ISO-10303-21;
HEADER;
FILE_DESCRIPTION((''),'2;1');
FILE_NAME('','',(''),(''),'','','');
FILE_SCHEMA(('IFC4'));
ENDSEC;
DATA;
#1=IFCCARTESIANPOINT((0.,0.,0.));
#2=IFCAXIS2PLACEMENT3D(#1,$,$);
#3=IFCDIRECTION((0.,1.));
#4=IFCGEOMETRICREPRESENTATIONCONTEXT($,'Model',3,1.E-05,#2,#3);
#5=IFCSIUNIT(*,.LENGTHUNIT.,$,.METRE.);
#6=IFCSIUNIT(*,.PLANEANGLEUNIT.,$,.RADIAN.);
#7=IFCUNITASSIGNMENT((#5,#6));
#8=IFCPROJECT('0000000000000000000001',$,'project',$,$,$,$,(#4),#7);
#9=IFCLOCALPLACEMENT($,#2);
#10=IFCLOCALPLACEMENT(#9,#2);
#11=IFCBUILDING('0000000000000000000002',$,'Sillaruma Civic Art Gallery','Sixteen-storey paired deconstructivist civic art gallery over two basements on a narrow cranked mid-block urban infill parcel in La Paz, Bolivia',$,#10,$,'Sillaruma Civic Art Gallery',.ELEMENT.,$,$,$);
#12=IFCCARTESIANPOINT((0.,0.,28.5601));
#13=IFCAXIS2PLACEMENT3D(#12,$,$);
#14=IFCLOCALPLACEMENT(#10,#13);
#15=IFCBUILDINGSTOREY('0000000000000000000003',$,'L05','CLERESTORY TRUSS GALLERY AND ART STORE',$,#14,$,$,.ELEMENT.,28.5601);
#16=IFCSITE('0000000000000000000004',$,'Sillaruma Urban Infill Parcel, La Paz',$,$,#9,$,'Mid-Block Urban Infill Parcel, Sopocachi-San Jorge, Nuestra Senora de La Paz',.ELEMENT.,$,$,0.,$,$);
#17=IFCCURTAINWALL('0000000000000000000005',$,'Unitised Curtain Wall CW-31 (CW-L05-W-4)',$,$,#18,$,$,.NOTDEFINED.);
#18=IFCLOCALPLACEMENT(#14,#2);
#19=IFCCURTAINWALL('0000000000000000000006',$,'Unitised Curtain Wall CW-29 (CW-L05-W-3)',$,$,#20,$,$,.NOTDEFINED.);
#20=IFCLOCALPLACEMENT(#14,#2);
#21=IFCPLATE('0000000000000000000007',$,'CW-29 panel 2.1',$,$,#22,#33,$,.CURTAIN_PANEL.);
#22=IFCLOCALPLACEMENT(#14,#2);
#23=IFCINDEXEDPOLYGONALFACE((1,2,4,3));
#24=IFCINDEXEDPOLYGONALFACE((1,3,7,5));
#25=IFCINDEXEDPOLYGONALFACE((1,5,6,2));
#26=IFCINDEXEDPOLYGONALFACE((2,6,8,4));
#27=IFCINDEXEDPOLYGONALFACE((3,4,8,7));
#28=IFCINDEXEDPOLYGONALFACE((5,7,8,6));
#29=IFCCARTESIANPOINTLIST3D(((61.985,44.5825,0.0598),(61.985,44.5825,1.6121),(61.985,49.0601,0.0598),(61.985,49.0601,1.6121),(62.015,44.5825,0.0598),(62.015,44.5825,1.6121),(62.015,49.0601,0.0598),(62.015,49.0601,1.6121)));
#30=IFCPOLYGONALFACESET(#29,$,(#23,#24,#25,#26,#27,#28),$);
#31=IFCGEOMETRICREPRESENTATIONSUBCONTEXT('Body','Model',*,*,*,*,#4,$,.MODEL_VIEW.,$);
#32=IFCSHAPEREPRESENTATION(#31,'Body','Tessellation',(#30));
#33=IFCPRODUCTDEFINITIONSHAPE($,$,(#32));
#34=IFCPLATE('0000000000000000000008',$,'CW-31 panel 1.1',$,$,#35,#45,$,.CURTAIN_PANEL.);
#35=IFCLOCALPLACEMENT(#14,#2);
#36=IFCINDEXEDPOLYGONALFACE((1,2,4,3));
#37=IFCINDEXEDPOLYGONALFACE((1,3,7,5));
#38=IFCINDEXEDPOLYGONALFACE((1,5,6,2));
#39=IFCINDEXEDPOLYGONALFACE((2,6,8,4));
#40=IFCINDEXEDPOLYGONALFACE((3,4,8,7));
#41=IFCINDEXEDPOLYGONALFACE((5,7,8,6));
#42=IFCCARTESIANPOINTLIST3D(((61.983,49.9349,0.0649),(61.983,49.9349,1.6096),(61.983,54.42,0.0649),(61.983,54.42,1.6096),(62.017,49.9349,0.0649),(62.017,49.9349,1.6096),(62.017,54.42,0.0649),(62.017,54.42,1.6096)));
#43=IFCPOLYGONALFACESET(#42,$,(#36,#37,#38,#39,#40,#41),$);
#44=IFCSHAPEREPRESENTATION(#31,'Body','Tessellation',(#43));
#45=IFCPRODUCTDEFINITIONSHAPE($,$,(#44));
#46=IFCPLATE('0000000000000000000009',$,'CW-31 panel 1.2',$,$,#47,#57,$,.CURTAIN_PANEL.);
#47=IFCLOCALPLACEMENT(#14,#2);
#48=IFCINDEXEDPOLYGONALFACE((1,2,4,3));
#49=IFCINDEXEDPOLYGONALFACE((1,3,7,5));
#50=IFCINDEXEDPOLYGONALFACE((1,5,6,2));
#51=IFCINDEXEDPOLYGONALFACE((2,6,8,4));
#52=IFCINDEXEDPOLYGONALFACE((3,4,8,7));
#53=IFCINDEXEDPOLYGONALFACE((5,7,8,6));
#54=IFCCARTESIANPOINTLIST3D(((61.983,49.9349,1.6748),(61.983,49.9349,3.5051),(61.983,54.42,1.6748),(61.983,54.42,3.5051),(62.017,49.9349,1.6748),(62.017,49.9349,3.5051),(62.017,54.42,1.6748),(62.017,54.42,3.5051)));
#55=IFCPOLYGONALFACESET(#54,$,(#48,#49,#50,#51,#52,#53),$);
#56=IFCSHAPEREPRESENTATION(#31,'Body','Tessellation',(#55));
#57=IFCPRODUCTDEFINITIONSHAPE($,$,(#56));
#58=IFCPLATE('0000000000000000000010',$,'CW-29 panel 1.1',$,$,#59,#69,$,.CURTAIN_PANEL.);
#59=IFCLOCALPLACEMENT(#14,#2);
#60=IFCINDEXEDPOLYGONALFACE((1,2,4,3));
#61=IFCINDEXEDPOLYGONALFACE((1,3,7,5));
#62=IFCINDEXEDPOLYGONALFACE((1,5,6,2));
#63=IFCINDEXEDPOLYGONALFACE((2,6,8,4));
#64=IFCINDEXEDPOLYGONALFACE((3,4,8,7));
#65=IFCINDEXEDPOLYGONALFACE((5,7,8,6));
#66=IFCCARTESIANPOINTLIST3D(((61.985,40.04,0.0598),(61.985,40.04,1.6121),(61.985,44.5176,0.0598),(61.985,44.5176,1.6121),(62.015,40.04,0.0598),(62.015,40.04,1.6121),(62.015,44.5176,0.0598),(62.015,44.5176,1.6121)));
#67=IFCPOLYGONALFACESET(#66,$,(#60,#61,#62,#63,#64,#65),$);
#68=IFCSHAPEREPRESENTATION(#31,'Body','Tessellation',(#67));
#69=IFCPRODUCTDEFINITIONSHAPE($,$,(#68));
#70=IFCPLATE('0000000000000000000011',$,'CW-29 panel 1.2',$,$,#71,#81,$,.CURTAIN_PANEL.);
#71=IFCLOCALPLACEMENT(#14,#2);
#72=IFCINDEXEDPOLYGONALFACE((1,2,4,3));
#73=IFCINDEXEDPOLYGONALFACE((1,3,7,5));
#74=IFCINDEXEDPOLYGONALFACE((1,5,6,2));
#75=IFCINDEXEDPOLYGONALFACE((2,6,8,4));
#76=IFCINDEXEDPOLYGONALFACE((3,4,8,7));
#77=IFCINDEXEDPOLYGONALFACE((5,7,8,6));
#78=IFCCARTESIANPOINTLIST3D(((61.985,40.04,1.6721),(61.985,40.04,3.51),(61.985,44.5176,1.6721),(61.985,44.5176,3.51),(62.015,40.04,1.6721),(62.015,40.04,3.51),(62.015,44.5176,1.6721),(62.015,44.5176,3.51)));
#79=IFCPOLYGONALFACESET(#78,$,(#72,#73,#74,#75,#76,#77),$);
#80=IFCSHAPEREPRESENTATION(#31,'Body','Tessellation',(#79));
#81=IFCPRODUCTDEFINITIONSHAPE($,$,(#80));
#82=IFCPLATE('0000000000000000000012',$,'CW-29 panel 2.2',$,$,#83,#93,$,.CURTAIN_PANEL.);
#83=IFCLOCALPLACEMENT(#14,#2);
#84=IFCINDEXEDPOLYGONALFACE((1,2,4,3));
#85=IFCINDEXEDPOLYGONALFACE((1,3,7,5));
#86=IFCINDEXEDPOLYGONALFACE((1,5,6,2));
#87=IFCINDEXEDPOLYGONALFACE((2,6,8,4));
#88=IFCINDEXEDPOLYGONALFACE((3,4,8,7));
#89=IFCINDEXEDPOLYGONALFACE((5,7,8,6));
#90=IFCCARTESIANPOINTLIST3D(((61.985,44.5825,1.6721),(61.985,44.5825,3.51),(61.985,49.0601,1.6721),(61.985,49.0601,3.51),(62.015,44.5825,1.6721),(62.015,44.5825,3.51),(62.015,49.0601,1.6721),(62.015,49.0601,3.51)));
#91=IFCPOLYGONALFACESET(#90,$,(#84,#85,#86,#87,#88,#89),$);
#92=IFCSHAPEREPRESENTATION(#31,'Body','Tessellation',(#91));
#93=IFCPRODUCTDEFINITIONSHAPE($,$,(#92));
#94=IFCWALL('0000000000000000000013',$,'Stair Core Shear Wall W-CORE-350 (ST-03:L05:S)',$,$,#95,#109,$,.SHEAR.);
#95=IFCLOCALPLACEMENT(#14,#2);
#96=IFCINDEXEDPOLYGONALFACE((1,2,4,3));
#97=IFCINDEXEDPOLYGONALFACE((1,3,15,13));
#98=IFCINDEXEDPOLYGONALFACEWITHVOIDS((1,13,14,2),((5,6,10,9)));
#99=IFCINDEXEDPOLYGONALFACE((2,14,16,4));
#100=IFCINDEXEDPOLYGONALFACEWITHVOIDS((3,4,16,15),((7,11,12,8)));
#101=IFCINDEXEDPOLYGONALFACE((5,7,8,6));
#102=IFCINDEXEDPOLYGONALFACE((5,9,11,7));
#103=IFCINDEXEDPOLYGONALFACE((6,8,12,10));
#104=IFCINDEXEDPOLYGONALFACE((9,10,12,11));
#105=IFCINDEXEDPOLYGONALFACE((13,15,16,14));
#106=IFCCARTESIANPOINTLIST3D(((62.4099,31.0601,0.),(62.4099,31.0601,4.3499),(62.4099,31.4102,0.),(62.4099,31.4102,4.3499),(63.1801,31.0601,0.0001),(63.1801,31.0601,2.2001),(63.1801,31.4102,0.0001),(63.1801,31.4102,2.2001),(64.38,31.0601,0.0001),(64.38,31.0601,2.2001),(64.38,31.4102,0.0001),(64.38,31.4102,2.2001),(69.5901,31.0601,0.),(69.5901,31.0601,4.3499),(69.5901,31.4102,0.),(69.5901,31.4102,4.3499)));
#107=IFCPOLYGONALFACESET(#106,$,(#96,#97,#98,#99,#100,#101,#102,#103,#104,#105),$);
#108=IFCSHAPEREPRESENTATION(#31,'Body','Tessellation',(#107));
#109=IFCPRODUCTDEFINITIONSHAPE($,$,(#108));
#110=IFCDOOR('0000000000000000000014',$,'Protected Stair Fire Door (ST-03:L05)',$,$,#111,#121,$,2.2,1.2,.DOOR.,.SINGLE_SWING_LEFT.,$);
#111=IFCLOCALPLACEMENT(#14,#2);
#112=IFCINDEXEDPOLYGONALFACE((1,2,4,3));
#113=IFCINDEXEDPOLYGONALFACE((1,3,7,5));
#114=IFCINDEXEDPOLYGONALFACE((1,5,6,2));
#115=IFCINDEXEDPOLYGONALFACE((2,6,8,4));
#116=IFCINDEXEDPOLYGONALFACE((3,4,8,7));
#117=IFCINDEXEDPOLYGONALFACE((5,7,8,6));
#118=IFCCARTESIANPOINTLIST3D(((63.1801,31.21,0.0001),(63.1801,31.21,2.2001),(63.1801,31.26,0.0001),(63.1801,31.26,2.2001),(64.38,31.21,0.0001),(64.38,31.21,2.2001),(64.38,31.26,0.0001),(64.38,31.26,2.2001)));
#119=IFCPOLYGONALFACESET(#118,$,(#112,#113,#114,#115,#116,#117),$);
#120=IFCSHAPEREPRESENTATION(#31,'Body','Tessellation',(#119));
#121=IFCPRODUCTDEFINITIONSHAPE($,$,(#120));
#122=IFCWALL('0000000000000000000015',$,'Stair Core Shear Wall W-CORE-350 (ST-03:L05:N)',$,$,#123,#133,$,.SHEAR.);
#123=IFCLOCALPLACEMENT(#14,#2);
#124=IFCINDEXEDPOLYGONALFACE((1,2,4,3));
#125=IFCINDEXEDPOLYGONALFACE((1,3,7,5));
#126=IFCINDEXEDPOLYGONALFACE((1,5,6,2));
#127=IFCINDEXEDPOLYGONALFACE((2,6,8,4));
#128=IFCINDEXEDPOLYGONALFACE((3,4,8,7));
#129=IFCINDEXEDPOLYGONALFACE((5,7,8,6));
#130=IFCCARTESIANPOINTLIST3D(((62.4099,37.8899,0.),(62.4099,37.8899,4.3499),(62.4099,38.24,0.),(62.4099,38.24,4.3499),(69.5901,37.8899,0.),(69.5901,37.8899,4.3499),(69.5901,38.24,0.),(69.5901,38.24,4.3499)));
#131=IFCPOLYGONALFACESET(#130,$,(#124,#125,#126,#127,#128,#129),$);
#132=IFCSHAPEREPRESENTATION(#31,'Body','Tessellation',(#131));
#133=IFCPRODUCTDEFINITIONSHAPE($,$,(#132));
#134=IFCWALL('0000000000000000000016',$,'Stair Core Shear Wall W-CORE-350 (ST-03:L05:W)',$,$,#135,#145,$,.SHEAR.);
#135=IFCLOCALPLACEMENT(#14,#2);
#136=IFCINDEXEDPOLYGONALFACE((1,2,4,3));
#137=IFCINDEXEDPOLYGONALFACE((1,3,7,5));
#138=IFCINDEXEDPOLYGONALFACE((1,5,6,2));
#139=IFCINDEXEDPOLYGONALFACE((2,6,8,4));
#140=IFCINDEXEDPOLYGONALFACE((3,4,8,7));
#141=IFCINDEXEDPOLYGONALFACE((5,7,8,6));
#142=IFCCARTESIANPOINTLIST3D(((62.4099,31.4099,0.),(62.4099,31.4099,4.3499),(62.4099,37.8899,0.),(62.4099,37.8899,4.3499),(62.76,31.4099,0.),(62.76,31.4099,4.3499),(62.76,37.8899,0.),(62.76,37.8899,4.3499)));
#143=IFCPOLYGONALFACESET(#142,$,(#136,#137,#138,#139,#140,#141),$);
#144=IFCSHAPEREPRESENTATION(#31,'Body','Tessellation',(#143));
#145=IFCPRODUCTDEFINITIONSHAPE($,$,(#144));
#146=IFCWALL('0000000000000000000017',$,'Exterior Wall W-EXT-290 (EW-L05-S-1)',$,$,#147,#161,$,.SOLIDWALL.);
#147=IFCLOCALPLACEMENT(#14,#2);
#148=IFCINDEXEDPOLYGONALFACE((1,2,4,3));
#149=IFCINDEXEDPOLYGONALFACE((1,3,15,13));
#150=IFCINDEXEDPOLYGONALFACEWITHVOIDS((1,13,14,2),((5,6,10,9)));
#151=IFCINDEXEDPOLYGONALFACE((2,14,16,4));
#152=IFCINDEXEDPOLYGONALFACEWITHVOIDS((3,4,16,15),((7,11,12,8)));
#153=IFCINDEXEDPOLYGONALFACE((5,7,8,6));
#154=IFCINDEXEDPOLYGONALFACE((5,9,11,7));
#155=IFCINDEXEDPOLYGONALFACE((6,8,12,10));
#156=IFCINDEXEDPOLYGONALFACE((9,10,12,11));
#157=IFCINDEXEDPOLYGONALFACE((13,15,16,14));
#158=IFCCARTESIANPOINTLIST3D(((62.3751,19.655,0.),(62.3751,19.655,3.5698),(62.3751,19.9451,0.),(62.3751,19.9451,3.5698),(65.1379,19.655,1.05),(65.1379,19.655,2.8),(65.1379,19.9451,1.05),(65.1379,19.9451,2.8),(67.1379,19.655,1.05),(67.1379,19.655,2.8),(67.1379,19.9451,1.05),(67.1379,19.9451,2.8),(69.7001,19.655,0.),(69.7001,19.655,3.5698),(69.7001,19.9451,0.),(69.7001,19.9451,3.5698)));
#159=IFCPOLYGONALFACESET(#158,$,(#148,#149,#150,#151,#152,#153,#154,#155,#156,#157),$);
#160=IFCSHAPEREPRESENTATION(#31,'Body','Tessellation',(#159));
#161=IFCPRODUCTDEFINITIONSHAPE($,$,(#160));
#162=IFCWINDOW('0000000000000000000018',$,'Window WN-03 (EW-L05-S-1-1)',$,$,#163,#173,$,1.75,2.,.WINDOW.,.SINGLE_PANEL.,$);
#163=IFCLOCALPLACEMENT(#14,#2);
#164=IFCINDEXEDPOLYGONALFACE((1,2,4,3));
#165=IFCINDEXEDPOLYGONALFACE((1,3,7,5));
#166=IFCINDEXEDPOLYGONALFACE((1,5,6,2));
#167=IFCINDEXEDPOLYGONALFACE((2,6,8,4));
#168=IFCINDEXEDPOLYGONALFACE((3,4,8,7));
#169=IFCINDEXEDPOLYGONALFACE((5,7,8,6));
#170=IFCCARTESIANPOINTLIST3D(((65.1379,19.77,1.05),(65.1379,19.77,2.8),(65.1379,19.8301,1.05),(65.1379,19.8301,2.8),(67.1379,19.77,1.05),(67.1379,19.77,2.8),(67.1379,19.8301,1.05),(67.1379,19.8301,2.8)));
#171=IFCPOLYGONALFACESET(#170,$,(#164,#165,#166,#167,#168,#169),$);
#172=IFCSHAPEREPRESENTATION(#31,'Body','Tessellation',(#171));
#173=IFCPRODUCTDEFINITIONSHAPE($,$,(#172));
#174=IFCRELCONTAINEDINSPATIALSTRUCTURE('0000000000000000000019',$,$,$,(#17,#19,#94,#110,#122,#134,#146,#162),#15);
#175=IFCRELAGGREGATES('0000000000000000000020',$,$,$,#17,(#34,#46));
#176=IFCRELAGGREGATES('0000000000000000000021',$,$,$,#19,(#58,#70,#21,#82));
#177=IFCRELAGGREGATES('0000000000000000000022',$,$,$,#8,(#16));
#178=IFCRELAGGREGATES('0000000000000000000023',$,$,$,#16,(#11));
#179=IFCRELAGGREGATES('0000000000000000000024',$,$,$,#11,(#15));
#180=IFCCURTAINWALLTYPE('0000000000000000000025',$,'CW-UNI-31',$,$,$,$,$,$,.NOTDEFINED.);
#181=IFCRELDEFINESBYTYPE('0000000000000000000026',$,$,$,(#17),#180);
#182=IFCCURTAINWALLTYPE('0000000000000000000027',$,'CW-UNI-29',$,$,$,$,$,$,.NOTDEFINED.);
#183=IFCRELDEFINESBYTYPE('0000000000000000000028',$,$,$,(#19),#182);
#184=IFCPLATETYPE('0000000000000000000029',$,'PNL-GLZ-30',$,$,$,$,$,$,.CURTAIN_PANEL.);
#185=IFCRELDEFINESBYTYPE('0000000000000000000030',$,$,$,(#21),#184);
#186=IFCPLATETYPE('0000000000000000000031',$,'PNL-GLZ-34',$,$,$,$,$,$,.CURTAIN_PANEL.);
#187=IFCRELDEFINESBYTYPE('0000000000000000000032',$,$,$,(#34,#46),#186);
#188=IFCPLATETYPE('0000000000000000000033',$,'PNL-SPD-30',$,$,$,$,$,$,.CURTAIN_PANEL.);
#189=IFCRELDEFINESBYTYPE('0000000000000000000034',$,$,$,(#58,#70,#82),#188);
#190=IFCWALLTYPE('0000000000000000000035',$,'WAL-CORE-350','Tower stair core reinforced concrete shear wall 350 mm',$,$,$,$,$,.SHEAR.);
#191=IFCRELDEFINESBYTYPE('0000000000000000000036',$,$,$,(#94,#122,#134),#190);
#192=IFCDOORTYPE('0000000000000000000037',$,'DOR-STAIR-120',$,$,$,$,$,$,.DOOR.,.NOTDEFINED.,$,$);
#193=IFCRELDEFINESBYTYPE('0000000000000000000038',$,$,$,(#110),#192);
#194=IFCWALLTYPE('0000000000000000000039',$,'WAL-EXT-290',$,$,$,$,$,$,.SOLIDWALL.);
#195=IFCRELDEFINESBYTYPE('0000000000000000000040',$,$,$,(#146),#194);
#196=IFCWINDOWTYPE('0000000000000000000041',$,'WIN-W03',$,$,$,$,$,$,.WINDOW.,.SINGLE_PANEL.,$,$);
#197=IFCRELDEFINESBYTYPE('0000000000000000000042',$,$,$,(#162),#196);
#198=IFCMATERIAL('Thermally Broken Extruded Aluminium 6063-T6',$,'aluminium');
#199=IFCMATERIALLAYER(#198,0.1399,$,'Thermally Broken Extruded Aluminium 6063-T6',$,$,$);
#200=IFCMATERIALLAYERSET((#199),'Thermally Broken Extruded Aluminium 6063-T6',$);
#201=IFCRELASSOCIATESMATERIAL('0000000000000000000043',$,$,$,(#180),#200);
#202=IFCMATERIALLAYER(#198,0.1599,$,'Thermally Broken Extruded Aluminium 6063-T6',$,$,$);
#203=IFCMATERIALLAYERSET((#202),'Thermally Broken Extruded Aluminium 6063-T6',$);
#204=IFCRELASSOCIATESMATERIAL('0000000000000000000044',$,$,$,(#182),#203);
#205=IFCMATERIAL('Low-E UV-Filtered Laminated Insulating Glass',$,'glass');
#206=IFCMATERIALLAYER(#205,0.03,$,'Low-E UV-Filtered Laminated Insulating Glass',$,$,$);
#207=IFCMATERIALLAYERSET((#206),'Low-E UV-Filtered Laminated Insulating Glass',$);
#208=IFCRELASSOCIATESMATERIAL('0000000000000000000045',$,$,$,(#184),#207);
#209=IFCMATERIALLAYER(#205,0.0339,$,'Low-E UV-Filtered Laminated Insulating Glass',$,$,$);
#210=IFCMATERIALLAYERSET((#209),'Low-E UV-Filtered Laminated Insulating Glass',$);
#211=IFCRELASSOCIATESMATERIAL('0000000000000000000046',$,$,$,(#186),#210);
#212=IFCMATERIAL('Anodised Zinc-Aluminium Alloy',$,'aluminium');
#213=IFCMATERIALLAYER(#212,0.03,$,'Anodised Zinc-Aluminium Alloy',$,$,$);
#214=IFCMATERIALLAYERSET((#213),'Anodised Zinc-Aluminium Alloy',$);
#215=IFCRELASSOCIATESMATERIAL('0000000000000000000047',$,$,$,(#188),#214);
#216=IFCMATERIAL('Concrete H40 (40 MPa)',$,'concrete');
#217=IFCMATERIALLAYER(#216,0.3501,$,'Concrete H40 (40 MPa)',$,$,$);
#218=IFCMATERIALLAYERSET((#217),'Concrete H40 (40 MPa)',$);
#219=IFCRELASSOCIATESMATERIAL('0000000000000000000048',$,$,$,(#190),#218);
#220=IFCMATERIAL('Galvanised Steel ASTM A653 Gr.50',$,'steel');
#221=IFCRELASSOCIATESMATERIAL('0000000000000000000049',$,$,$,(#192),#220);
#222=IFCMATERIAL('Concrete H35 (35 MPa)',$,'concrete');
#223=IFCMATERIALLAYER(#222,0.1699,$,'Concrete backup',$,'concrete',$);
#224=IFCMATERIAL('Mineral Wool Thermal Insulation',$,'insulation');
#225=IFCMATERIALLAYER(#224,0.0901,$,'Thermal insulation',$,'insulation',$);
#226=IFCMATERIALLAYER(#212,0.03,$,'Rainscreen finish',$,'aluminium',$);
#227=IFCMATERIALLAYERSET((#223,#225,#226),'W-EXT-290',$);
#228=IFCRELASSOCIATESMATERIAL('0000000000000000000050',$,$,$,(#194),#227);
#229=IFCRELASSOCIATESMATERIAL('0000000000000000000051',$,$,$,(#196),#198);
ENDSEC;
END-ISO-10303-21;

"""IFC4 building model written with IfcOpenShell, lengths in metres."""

from ifc_helpers import new_model, si_unit, direction, frame, frame_2d, origin, origin_2d, place, context, subcontext, project, spatial, rectangle, extrude, material, layer, layer_set, type_object, element, fill, aggregate, save


model = new_model("IFC4")

# Units and contexts
model_context = context("Model", 3, precision=1e-05, world=origin(), true_north=direction((0.0, 1.0)))
body_context = subcontext(model_context, "Body", "Model", "MODEL_VIEW")
ifc_project = project(units=[si_unit("LENGTHUNIT", "METRE"), si_unit("PLANEANGLEUNIT", "RADIAN")], contexts=[model_context])

# Site, building, storey
site_placement = place(None, origin())
site = spatial("IfcSite", under=ifc_project, at=site_placement, Name="Sillaruma Urban Infill Parcel, La Paz", LongName="Mid-Block Urban Infill Parcel, Sopocachi-San Jorge, Nuestra Senora de La Paz", CompositionType="ELEMENT", RefElevation=0.0)
building_placement = place(site_placement, origin())
building = spatial("IfcBuilding", under=site, at=building_placement, Name="Sillaruma Civic Art Gallery", Description="Sixteen-storey paired deconstructivist civic art gallery over two basements on a narrow cranked mid-block urban infill parcel in La Paz, Bolivia", LongName="Sillaruma Civic Art Gallery", CompositionType="ELEMENT")
storey_placement = place(building_placement, frame((0.0, 0.0, 28.5601)))
storey = spatial("IfcBuildingStorey", under=building, at=storey_placement, Name="L05", Description="CLERESTORY TRUSS GALLERY AND ART STORE", CompositionType="ELEMENT", Elevation=28.5601)

# Shared definitions
ifc_material_1 = material(Name="Concrete H40 (40 MPa)", Category="concrete")

# Shared definitions
ifc_material_2 = material(Name="Concrete H35 (35 MPa)", Category="concrete")

# Curtain walls
ifc_material_3 = material(Name="Thermally Broken Extruded Aluminium 6063-T6", Category="aluminium")
ifc_layer_1 = layer(ifc_material_3, 0.1399, Name="Thermally Broken Extruded Aluminium 6063-T6")
ifc_layer_set_1 = layer_set([ifc_layer_1], Name="Thermally Broken Extruded Aluminium 6063-T6")
curtain_wall_type_1 = type_object("IfcCurtainWallType", Name="CW-UNI-31", PredefinedType="NOTDEFINED", material=ifc_layer_set_1)
curtain_wall_1_placement = place(storey_placement, origin())
curtain_wall_1 = element("IfcCurtainWall", 1, at=curtain_wall_1_placement, inside=storey, type_object=curtain_wall_type_1, Name="Unitised Curtain Wall CW-31 (CW-L05-W-4)", PredefinedType="NOTDEFINED")
ifc_layer_2 = layer(ifc_material_3, 0.1599, Name="Thermally Broken Extruded Aluminium 6063-T6")
ifc_layer_set_2 = layer_set([ifc_layer_2], Name="Thermally Broken Extruded Aluminium 6063-T6")
curtain_wall_type_2 = type_object("IfcCurtainWallType", Name="CW-UNI-29", PredefinedType="NOTDEFINED", material=ifc_layer_set_2)
curtain_wall_2_placement = place(storey_placement, origin())
curtain_wall_2 = element("IfcCurtainWall", 2, at=curtain_wall_2_placement, inside=storey, type_object=curtain_wall_type_2, Name="Unitised Curtain Wall CW-29 (CW-L05-W-3)", PredefinedType="NOTDEFINED")

# Plates
ifc_material_4 = material(Name="Low-E UV-Filtered Laminated Insulating Glass", Category="glass")
ifc_layer_3 = layer(ifc_material_4, 0.03, Name="Low-E UV-Filtered Laminated Insulating Glass")
ifc_layer_set_3 = layer_set([ifc_layer_3], Name="Low-E UV-Filtered Laminated Insulating Glass")
plate_type_1 = type_object("IfcPlateType", Name="PNL-GLZ-30", PredefinedType="CURTAIN_PANEL", material=ifc_layer_set_3)
plate_1_placement = place(storey_placement, frame((62.0, 46.8213, 0.0598), z_axis=(0.0, 0.0, 1.0), x_axis=(0.0, 1.0, 0.0)))
plate_1 = element("IfcPlate", 3, at=plate_1_placement, type_object=plate_type_1, Name="CW-29 panel 2.1", PredefinedType="CURTAIN_PANEL", context=body_context, shape_type="SweptSolid", body=[
    extrude(rectangle(XDim=4.4775, YDim=0.03, at=origin_2d()), origin(), (0.0, 0.0, 1.0), 1.5522),
])
ifc_layer_4 = layer(ifc_material_4, 0.0339, Name="Low-E UV-Filtered Laminated Insulating Glass")
ifc_layer_set_4 = layer_set([ifc_layer_4], Name="Low-E UV-Filtered Laminated Insulating Glass")
plate_type_2 = type_object("IfcPlateType", Name="PNL-GLZ-34", PredefinedType="CURTAIN_PANEL", material=ifc_layer_set_4)
plate_2_placement = place(storey_placement, frame((62.0, 52.1775, 0.0649), z_axis=(0.0, 0.0, 1.0), x_axis=(0.0, 1.0, 0.0)))
plate_2 = element("IfcPlate", 4, at=plate_2_placement, type_object=plate_type_2, Name="CW-31 panel 1.1", PredefinedType="CURTAIN_PANEL", context=body_context, shape_type="SweptSolid", body=[
    extrude(rectangle(XDim=4.4851, YDim=0.0339, at=origin_2d()), origin(), (0.0, 0.0, 1.0), 1.5447),
])
plate_3_placement = place(storey_placement, frame((62.0, 52.1775, 1.6748), z_axis=(0.0, 0.0, 1.0), x_axis=(0.0, 1.0, 0.0)))
plate_3 = element("IfcPlate", 5, at=plate_3_placement, type_object=plate_type_2, Name="CW-31 panel 1.2", PredefinedType="CURTAIN_PANEL", context=body_context, shape_type="SweptSolid", body=[
    extrude(rectangle(XDim=4.4851, YDim=0.0339, at=origin_2d()), origin(), (0.0, 0.0, 1.0), 1.8303),
])
aggregate(curtain_wall_1, [plate_2, plate_3])
ifc_material_5 = material(Name="Anodised Zinc-Aluminium Alloy", Category="aluminium")
ifc_layer_5 = layer(ifc_material_5, 0.03, Name="Anodised Zinc-Aluminium Alloy")
ifc_layer_set_5 = layer_set([ifc_layer_5], Name="Anodised Zinc-Aluminium Alloy")
plate_type_3 = type_object("IfcPlateType", Name="PNL-SPD-30", PredefinedType="CURTAIN_PANEL", material=ifc_layer_set_5)
plate_4_placement = place(storey_placement, frame((62.0, 42.2788, 0.0598), z_axis=(0.0, 0.0, 1.0), x_axis=(0.0, 1.0, 0.0)))
plate_4 = element("IfcPlate", 6, at=plate_4_placement, type_object=plate_type_3, Name="CW-29 panel 1.1", PredefinedType="CURTAIN_PANEL", context=body_context, shape_type="SweptSolid", body=[
    extrude(rectangle(XDim=4.4775, YDim=0.03, at=origin_2d()), origin(), (0.0, 0.0, 1.0), 1.5522),
])
plate_5_placement = place(storey_placement, frame((62.0, 42.2788, 1.6721), z_axis=(0.0, 0.0, 1.0), x_axis=(0.0, 1.0, 0.0)))
plate_5 = element("IfcPlate", 7, at=plate_5_placement, type_object=plate_type_3, Name="CW-29 panel 1.2", PredefinedType="CURTAIN_PANEL", context=body_context, shape_type="SweptSolid", body=[
    extrude(rectangle(XDim=4.4775, YDim=0.03, at=origin_2d()), origin(), (0.0, 0.0, 1.0), 1.8379),
])
plate_6_placement = place(storey_placement, frame((62.0, 46.8213, 1.6721), z_axis=(0.0, 0.0, 1.0), x_axis=(0.0, 1.0, 0.0)))
plate_6 = element("IfcPlate", 8, at=plate_6_placement, type_object=plate_type_3, Name="CW-29 panel 2.2", PredefinedType="CURTAIN_PANEL", context=body_context, shape_type="SweptSolid", body=[
    extrude(rectangle(XDim=4.4775, YDim=0.03, at=origin_2d()), origin(), (0.0, 0.0, 1.0), 1.8379),
])
aggregate(curtain_wall_2, [plate_4, plate_5, plate_1, plate_6])

# Wall, opening, door
ifc_layer_6 = layer(ifc_material_1, 0.3501, Name="Concrete H40 (40 MPa)")
ifc_layer_set_6 = layer_set([ifc_layer_6], Name="Concrete H40 (40 MPa)")
wall_type_1 = type_object("IfcWallType", Name="WAL-CORE-350", Description="Tower stair core reinforced concrete shear wall 350 mm", PredefinedType="SHEAR", material=ifc_layer_set_6)
wall_1_placement = place(storey_placement, frame((62.4099, 31.2351, 0.0), z_axis=(0.0, 0.0, 1.0), x_axis=(1.0, 0.0, 0.0)))
wall_1 = element("IfcWall", 9, at=wall_1_placement, inside=storey, type_object=wall_type_1, Name="Stair Core Shear Wall W-CORE-350 (ST-03:L05:S)", PredefinedType="SHEAR", context=body_context, shape_type="SweptSolid", body=[
    extrude(rectangle(XDim=7.1802, YDim=0.3501, at=frame_2d((3.5901, 0.0))), origin(), (0.0, 0.0, 1.0), 4.3499),
])
opening_1_placement = place(wall_1_placement, frame((0.77, 0.0, 0.0)))
opening_1 = element("IfcOpeningElement", 10, at=opening_1_placement, cuts=wall_1, PredefinedType="OPENING", context=body_context, shape_type="SweptSolid", body=[
    extrude(rectangle(XDim=1.2, YDim=2.2, at=frame_2d((0.6001, 1.1001))), frame((0.0, 0.1851, 0.0), z_axis=(0.0, -1.0, 0.0), x_axis=(1.0, 0.0, 0.0)), (0.0, 0.0, 1.0), 0.3701),
])
ifc_material_6 = material(Name="Galvanised Steel ASTM A653 Gr.50", Category="steel")
door_type = type_object("IfcDoorType", Name="DOR-STAIR-120", OperationType="NOTDEFINED", PredefinedType="DOOR", material=ifc_material_6)
door_placement = place(opening_1_placement, origin())
door = element("IfcDoor", 11, at=door_placement, inside=storey, type_object=door_type, Name="Protected Stair Fire Door (ST-03:L05)", OperationType="SINGLE_SWING_LEFT", OverallHeight=2.2, OverallWidth=1.2, PredefinedType="DOOR", context=body_context, shape_type="SweptSolid", body=[
    extrude(rectangle(XDim=1.2, YDim=2.2, at=frame_2d((0.6001, 1.1001))), frame((0.0, 0.0249, 0.0), z_axis=(0.0, -1.0, 0.0), x_axis=(1.0, 0.0, 0.0)), (0.0, 0.0, 1.0), 0.05),
])
fill(opening_1, door)

# Walls
wall_2_placement = place(storey_placement, frame((62.4099, 38.0649, 0.0), z_axis=(0.0, 0.0, 1.0), x_axis=(1.0, 0.0, 0.0)))
element("IfcWall", 12, at=wall_2_placement, inside=storey, type_object=wall_type_1, Name="Stair Core Shear Wall W-CORE-350 (ST-03:L05:N)", PredefinedType="SHEAR", context=body_context, shape_type="SweptSolid", body=[
    extrude(rectangle(XDim=7.1802, YDim=0.3501, at=frame_2d((3.5901, 0.0))), origin(), (0.0, 0.0, 1.0), 4.3499),
])
wall_3_placement = place(storey_placement, frame((62.585, 31.4099, 0.0), z_axis=(0.0, 0.0, 1.0), x_axis=(0.0, 1.0, 0.0)))
element("IfcWall", 13, at=wall_3_placement, inside=storey, type_object=wall_type_1, Name="Stair Core Shear Wall W-CORE-350 (ST-03:L05:W)", PredefinedType="SHEAR", context=body_context, shape_type="SweptSolid", body=[
    extrude(rectangle(XDim=6.48, YDim=0.3501, at=frame_2d((3.24, 0.0))), origin(), (0.0, 0.0, 1.0), 4.3499),
])

# Wall, opening, window
ifc_layer_7 = layer(ifc_material_2, 0.1699, Name="Concrete backup", Category="concrete")
ifc_material_7 = material(Name="Mineral Wool Thermal Insulation", Category="insulation")
ifc_layer_8 = layer(ifc_material_7, 0.0901, Name="Thermal insulation", Category="insulation")
ifc_layer_9 = layer(ifc_material_5, 0.03, Name="Rainscreen finish", Category="aluminium")
ifc_layer_set_7 = layer_set([ifc_layer_7, ifc_layer_8, ifc_layer_9], Name="W-EXT-290")
wall_type_2 = type_object("IfcWallType", Name="WAL-EXT-290", PredefinedType="SOLIDWALL", material=ifc_layer_set_7)
wall_4_placement = place(storey_placement, frame((62.375, 19.8, 0.0), z_axis=(0.0, 0.0, 1.0), x_axis=(1.0, 0.0, 0.0)))
wall_4 = element("IfcWall", 14, at=wall_4_placement, inside=storey, type_object=wall_type_2, Name="Exterior Wall W-EXT-290 (EW-L05-S-1)", PredefinedType="SOLIDWALL", context=body_context, shape_type="SweptSolid", body=[
    extrude(rectangle(XDim=7.325, YDim=0.29, at=frame_2d((3.6626, 0.0))), origin(), (0.0, 0.0, 1.0), 3.5698),
])
opening_2_placement = place(wall_4_placement, frame((2.7629, 0.0, 1.05)))
opening_2 = element("IfcOpeningElement", 15, at=opening_2_placement, cuts=wall_4, PredefinedType="OPENING", context=body_context, shape_type="SweptSolid", body=[
    extrude(rectangle(XDim=2.0, YDim=1.75, at=frame_2d((1.0, 0.875))), frame((0.0, 0.155, 0.0), z_axis=(0.0, -1.0, 0.0), x_axis=(1.0, 0.0, 0.0)), (0.0, 0.0, 1.0), 0.3101),
])
window_type = type_object("IfcWindowType", Name="WIN-W03", PartitioningType="SINGLE_PANEL", PredefinedType="WINDOW", material=ifc_material_3)
window_placement = place(opening_2_placement, origin())
window = element("IfcWindow", 16, at=window_placement, inside=storey, type_object=window_type, Name="Window WN-03 (EW-L05-S-1-1)", OverallHeight=1.75, OverallWidth=2.0, PartitioningType="SINGLE_PANEL", PredefinedType="WINDOW", context=body_context, shape_type="SweptSolid", body=[
    extrude(rectangle(XDim=2.0, YDim=1.75, at=frame_2d((1.0, 0.875))), frame((0.0, 0.03, 0.0), z_axis=(0.0, -1.0, 0.0), x_axis=(1.0, 0.0, 0.0)), (0.0, 0.0, 1.0), 0.0601),
])
fill(opening_2, window)

save(model, "model.ifc")
